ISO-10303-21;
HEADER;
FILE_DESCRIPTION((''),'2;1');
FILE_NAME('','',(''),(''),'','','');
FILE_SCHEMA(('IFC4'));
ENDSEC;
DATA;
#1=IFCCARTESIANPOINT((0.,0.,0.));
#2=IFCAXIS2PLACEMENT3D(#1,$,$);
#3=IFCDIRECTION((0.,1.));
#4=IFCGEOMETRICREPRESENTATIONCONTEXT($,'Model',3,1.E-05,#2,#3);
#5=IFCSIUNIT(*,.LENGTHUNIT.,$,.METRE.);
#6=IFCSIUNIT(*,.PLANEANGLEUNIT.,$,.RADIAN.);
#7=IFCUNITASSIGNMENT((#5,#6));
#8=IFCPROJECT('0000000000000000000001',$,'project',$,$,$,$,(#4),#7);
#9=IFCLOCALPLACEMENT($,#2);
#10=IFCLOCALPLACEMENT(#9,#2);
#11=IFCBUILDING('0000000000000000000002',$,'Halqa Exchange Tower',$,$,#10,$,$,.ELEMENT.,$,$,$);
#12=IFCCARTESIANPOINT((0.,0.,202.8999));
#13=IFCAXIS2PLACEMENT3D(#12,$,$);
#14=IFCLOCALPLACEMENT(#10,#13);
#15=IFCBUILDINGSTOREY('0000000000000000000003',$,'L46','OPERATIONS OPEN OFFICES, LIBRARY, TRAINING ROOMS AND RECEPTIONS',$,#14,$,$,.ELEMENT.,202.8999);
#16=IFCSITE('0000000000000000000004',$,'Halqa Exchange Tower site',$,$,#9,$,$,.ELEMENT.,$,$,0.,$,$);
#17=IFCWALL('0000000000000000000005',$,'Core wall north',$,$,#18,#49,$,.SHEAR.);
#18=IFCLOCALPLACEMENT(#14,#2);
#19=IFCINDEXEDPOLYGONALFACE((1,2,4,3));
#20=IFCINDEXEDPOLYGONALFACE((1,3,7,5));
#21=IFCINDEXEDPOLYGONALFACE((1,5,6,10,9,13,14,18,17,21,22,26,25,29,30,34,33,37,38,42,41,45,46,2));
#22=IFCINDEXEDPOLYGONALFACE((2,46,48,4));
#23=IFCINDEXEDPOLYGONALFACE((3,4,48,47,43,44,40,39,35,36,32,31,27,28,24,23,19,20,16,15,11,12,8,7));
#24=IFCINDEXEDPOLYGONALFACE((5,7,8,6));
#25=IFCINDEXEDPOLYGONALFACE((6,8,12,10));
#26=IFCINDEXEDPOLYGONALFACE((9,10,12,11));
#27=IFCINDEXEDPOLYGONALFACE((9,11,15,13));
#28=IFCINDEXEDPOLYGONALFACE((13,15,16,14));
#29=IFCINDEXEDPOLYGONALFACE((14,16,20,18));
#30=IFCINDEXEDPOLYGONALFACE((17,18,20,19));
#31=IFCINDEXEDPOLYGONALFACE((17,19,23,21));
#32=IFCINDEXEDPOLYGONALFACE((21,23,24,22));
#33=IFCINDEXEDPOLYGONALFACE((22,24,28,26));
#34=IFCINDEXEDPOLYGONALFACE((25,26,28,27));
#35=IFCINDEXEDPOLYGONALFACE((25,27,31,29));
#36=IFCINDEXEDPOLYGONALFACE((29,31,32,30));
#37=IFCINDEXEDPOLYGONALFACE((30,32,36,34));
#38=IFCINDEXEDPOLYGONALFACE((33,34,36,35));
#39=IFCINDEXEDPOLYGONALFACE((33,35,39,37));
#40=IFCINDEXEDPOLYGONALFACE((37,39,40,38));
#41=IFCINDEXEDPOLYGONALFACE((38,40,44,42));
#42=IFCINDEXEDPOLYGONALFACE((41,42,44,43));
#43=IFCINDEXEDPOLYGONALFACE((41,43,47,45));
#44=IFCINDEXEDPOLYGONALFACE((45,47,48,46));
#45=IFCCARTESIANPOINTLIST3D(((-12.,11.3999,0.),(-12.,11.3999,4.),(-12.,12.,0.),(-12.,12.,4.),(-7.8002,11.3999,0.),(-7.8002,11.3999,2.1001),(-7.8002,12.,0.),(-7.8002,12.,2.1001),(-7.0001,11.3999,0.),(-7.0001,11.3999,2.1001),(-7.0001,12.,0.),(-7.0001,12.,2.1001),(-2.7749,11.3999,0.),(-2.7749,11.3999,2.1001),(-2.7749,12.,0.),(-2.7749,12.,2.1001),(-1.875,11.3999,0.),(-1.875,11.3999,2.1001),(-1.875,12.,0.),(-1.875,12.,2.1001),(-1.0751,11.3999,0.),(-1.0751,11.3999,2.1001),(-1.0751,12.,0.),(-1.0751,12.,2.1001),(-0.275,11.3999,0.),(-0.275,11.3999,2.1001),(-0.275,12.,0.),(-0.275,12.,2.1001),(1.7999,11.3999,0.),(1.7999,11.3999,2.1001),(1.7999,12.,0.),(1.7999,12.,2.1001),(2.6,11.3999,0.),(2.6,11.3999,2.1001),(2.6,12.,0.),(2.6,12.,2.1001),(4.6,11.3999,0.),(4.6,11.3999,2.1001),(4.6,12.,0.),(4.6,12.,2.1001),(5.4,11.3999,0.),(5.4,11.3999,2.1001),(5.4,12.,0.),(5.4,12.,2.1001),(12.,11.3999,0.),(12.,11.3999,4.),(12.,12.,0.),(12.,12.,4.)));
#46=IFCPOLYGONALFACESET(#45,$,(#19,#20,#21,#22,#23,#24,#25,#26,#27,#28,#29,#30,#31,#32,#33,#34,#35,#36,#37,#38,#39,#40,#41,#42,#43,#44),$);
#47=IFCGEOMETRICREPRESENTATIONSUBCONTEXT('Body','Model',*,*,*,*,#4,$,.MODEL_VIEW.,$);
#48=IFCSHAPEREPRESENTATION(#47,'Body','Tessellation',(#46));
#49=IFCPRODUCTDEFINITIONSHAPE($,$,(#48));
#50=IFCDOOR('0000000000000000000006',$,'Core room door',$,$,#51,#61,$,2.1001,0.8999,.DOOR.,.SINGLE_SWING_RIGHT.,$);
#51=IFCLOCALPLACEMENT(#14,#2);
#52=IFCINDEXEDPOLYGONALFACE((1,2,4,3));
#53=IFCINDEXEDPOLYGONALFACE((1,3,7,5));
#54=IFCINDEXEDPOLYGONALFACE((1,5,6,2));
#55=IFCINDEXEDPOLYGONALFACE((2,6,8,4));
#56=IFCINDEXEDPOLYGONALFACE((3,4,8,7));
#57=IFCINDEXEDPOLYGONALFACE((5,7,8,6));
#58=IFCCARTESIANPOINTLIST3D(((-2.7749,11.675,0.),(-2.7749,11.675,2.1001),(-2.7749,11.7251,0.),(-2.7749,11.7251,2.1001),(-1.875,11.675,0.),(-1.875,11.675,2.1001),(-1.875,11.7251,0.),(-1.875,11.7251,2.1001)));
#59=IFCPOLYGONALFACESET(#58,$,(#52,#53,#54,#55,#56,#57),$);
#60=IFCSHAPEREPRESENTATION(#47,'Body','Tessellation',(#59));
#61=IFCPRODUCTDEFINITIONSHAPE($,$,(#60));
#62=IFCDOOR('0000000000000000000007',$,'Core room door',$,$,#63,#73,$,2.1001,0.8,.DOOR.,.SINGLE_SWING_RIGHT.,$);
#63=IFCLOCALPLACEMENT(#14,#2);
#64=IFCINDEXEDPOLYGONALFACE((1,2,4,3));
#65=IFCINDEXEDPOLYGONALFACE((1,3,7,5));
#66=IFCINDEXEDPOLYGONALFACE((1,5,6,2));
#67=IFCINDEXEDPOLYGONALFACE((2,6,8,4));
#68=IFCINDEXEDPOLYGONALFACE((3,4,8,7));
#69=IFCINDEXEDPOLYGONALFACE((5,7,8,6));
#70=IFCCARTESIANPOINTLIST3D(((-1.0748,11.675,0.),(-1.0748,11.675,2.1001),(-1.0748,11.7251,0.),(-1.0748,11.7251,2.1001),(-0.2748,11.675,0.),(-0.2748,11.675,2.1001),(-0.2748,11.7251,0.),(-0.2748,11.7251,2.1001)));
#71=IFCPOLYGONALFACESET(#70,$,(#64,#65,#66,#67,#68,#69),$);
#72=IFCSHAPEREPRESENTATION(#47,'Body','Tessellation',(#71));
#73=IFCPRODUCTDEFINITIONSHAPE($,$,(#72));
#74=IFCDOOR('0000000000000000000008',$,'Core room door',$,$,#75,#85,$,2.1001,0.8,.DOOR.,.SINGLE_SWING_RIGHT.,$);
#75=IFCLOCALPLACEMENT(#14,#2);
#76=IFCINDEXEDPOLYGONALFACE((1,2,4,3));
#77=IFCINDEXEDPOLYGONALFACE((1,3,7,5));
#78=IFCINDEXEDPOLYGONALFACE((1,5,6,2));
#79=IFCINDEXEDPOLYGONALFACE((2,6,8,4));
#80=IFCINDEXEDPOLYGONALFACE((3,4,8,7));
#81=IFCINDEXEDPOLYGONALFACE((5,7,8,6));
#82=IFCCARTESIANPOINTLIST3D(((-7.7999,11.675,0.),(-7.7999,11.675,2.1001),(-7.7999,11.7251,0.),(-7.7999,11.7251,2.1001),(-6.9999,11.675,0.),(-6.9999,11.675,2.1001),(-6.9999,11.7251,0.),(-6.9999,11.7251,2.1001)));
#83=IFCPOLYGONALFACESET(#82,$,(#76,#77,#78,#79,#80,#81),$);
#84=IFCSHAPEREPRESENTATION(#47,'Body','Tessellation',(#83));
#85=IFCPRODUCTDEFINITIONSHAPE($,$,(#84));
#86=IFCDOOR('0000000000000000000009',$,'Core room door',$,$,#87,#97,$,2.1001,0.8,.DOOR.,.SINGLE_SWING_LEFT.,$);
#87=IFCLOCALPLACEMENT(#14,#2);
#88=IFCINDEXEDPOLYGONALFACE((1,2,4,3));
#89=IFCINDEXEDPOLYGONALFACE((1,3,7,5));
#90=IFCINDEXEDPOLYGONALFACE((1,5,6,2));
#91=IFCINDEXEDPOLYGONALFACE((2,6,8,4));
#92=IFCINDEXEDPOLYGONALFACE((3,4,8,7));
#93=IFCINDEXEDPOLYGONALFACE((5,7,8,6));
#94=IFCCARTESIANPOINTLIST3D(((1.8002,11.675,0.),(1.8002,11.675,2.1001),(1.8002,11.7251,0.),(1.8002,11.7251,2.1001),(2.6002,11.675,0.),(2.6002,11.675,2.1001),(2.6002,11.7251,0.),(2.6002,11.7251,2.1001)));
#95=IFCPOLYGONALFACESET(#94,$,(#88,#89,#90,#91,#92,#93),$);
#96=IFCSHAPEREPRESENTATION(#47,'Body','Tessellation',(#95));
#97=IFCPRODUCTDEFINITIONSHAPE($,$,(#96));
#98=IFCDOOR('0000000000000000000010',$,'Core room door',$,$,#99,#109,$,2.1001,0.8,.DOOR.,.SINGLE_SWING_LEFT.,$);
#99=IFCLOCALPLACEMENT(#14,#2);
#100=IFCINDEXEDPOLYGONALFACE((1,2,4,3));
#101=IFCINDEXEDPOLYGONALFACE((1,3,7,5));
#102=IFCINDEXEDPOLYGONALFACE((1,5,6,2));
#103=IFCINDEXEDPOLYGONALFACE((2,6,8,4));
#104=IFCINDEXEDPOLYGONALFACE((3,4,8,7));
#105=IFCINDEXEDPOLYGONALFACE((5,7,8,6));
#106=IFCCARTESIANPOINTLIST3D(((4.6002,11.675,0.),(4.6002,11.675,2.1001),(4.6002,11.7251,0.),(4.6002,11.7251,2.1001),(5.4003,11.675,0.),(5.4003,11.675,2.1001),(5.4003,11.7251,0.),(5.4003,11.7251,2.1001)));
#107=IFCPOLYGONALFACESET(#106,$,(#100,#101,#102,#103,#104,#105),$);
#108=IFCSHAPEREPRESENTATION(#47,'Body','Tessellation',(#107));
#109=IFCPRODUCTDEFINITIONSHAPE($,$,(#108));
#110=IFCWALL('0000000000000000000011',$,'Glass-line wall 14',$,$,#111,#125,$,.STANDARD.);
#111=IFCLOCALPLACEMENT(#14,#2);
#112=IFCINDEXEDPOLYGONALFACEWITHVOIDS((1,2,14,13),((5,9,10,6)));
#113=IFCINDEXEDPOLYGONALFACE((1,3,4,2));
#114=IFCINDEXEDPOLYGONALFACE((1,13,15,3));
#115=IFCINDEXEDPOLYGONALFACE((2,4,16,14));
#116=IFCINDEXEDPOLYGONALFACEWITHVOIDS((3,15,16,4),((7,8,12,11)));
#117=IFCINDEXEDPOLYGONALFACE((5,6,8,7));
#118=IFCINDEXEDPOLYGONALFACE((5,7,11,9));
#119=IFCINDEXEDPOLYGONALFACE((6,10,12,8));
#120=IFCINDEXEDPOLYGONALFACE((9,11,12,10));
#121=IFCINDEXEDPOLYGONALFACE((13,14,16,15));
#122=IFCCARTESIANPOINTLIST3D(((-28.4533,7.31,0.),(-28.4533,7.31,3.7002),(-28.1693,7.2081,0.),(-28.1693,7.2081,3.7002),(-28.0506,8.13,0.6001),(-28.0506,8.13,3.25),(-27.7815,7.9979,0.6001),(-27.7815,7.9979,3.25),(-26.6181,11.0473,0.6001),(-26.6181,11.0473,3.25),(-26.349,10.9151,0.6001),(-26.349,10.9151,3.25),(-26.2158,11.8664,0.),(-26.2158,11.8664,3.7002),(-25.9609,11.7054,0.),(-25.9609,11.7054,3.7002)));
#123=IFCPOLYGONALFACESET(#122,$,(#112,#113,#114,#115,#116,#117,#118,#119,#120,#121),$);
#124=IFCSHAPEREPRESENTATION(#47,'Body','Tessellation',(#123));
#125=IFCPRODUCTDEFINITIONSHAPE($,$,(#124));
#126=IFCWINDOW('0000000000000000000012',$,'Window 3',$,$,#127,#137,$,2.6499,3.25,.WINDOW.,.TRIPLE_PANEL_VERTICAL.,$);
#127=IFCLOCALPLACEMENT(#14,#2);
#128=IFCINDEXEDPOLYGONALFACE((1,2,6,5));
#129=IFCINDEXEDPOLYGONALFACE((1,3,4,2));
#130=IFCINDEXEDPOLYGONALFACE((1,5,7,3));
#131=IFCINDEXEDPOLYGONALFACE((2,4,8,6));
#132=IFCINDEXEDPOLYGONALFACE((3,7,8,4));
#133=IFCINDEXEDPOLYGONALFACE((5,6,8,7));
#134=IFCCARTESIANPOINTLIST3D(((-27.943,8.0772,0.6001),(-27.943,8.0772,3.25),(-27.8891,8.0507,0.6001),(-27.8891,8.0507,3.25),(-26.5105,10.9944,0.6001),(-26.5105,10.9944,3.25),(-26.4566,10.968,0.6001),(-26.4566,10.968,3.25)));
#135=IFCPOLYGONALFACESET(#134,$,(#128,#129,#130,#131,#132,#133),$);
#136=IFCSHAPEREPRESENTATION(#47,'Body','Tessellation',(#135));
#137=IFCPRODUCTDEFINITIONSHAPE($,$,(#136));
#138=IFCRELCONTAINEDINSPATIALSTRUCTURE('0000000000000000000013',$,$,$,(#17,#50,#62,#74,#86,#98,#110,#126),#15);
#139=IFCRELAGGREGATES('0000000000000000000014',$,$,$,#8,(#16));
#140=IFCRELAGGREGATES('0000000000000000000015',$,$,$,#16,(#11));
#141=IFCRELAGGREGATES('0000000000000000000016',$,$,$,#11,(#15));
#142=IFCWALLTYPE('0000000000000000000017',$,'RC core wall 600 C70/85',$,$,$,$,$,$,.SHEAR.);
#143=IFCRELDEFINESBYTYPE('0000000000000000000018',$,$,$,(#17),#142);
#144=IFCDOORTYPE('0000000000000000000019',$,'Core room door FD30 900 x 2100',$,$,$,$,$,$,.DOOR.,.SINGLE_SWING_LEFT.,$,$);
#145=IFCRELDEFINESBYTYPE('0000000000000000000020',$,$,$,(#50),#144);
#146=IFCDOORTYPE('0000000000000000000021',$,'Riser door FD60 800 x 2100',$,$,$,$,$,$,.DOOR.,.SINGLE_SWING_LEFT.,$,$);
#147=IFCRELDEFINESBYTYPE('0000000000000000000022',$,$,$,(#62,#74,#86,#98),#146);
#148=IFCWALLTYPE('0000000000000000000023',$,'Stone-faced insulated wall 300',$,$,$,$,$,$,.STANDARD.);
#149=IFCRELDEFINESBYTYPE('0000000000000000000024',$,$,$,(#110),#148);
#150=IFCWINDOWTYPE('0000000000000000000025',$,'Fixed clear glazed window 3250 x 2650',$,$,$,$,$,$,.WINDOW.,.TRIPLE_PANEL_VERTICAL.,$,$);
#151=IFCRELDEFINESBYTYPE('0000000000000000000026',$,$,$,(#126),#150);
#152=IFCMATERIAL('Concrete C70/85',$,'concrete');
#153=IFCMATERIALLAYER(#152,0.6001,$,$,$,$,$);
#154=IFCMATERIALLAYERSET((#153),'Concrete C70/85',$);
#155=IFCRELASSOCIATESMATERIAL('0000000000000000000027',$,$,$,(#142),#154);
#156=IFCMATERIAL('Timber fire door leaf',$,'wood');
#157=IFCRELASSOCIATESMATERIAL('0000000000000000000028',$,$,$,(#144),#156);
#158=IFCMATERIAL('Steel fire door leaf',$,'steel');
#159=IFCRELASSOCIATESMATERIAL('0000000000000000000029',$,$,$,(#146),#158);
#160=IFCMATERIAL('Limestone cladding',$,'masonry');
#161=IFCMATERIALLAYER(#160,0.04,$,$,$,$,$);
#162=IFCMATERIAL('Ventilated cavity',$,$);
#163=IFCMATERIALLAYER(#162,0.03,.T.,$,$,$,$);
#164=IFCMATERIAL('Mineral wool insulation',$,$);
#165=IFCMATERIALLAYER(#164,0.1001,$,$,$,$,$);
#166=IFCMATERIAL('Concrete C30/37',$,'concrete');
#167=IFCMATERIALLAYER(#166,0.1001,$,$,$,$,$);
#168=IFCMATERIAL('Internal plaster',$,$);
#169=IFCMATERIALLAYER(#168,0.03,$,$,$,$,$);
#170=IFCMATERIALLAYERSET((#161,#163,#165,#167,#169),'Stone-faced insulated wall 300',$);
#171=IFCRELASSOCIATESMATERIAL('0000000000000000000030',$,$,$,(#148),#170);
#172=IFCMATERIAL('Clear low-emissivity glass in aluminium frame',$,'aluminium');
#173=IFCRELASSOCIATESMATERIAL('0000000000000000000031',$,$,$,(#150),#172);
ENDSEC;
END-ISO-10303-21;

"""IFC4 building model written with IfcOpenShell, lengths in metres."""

from ifc_helpers import new_model, si_unit, direction, frame, frame_2d, origin, place, context, subcontext, project, spatial, polyline, rectangle, outline, extrude, material, layer, layer_set, type_object, element, fill, save


model = new_model("IFC4")

# Units and contexts
model_context = context("Model", 3, precision=1e-05, world=origin(), true_north=direction((0.0, 1.0)))
body_context = subcontext(model_context, "Body", "Model", "MODEL_VIEW")
ifc_project = project(units=[si_unit("LENGTHUNIT", "METRE"), si_unit("PLANEANGLEUNIT", "RADIAN")], contexts=[model_context])

# Site, building, storey
site_placement = place(None, origin())
site = spatial("IfcSite", under=ifc_project, at=site_placement, Name="Halqa Exchange Tower site", CompositionType="ELEMENT", RefElevation=0.0)
building_placement = place(site_placement, origin())
building = spatial("IfcBuilding", under=site, at=building_placement, Name="Halqa Exchange Tower", CompositionType="ELEMENT")
storey_placement = place(building_placement, frame((0.0, 0.0, 202.8999)))
storey = spatial("IfcBuildingStorey", under=building, at=storey_placement, Name="L46", Description="OPERATIONS OPEN OFFICES, LIBRARY, TRAINING ROOMS AND RECEPTIONS", CompositionType="ELEMENT", Elevation=202.8999)

# Shared definitions
ifc_material_1 = material(Name="Steel fire door leaf", Category="steel")

# Wall, openings, doors
ifc_material_2 = material(Name="Concrete C70/85", Category="concrete")
ifc_layer_1 = layer(ifc_material_2, 0.6001)
ifc_layer_set_1 = layer_set([ifc_layer_1], Name="Concrete C70/85")
wall_type_1 = type_object("IfcWallType", Name="RC core wall 600 C70/85", PredefinedType="SHEAR", material=ifc_layer_set_1)
wall_1_placement = place(storey_placement, frame((-12.0, 11.7, 0.0), z_axis=(0.0, 0.0, 1.0), x_axis=(1.0, 0.0, 0.0)))
wall_1 = element("IfcWall", 1, at=wall_1_placement, inside=storey, type_object=wall_type_1, Name="Core wall north", PredefinedType="SHEAR", context=body_context, shape_type="SweptSolid", body=[
    extrude(rectangle(XDim=24.0, YDim=0.6001, at=frame_2d((12.0, 0.0))), origin(), (0.0, 0.0, 1.0), 4.0),
])
opening_1_placement = place(wall_1_placement, frame((9.2251, 0.0, 0.0)))
opening_1 = element("IfcOpeningElement", 2, at=opening_1_placement, cuts=wall_1, PredefinedType="OPENING", context=body_context, shape_type="SweptSolid", body=[
    extrude(rectangle(XDim=0.8999, YDim=2.1001, at=frame_2d((0.45, 1.05))), frame((0.0, 0.312, 0.0), z_axis=(0.0, -1.0, 0.0), x_axis=(1.0, 0.0, 0.0)), (0.0, 0.0, 1.0), 0.624),
])
opening_2_placement = place(wall_1_placement, frame((10.925, 0.0, 0.0)))
opening_2 = element("IfcOpeningElement", 3, at=opening_2_placement, cuts=wall_1, PredefinedType="OPENING", context=body_context, shape_type="SweptSolid", body=[
    extrude(rectangle(XDim=0.8, YDim=2.1001, at=frame_2d((0.3999, 1.05))), frame((0.0, 0.312, 0.0), z_axis=(0.0, -1.0, 0.0), x_axis=(1.0, 0.0, 0.0)), (0.0, 0.0, 1.0), 0.624),
])
opening_3_placement = place(wall_1_placement, frame((4.2, 0.0, 0.0)))
opening_3 = element("IfcOpeningElement", 4, at=opening_3_placement, cuts=wall_1, PredefinedType="OPENING", context=body_context, shape_type="SweptSolid", body=[
    extrude(rectangle(XDim=0.8, YDim=2.1001, at=frame_2d((0.3999, 1.05))), frame((0.0, 0.312, 0.0), z_axis=(0.0, -1.0, 0.0), x_axis=(1.0, 0.0, 0.0)), (0.0, 0.0, 1.0), 0.624),
])
opening_4_placement = place(wall_1_placement, frame((13.8, 0.0, 0.0)))
opening_4 = element("IfcOpeningElement", 5, at=opening_4_placement, cuts=wall_1, PredefinedType="OPENING", context=body_context, shape_type="SweptSolid", body=[
    extrude(rectangle(XDim=0.8, YDim=2.1001, at=frame_2d((0.3999, 1.05))), frame((0.0, 0.312, 0.0), z_axis=(0.0, -1.0, 0.0), x_axis=(1.0, 0.0, 0.0)), (0.0, 0.0, 1.0), 0.624),
])
opening_5_placement = place(wall_1_placement, frame((16.6001, 0.0, 0.0)))
opening_5 = element("IfcOpeningElement", 6, at=opening_5_placement, cuts=wall_1, PredefinedType="OPENING", context=body_context, shape_type="SweptSolid", body=[
    extrude(rectangle(XDim=0.8, YDim=2.1001, at=frame_2d((0.3999, 1.05))), frame((0.0, 0.312, 0.0), z_axis=(0.0, -1.0, 0.0), x_axis=(1.0, 0.0, 0.0)), (0.0, 0.0, 1.0), 0.624),
])
ifc_material_3 = material(Name="Timber fire door leaf", Category="wood")
door_type_1 = type_object("IfcDoorType", Name="Core room door FD30 900 x 2100", OperationType="SINGLE_SWING_LEFT", PredefinedType="DOOR", material=ifc_material_3)
door_1_placement = place(opening_1_placement, frame((0.8999, 0.0, 0.0), z_axis=(0.0, 0.0, 1.0), x_axis=(-1.0, 0.0, 0.0)))
door_1 = element("IfcDoor", 7, at=door_1_placement, inside=storey, type_object=door_type_1, Name="Core room door", OperationType="SINGLE_SWING_RIGHT", OverallHeight=2.1001, OverallWidth=0.8999, PredefinedType="DOOR", context=body_context, shape_type="SweptSolid", body=[
    extrude(rectangle(XDim=0.8999, YDim=2.1001, at=frame_2d((0.45, 1.05))), frame((0.0, 0.0249, 0.0), z_axis=(0.0, -1.0, 0.0), x_axis=(1.0, 0.0, 0.0)), (0.0, 0.0, 1.0), 0.05),
])
fill(opening_1, door_1)
door_type_2 = type_object("IfcDoorType", Name="Riser door FD60 800 x 2100", OperationType="SINGLE_SWING_LEFT", PredefinedType="DOOR", material=ifc_material_1)
door_2_placement = place(opening_2_placement, frame((0.8, 0.0, 0.0), z_axis=(0.0, 0.0, 1.0), x_axis=(-1.0, 0.0, 0.0)))
door_2 = element("IfcDoor", 8, at=door_2_placement, inside=storey, type_object=door_type_2, Name="Core room door", OperationType="SINGLE_SWING_RIGHT", OverallHeight=2.1001, OverallWidth=0.8, PredefinedType="DOOR", context=body_context, shape_type="SweptSolid", body=[
    extrude(rectangle(XDim=0.8, YDim=2.1001, at=frame_2d((0.3999, 1.05))), frame((0.0, 0.0249, 0.0), z_axis=(0.0, -1.0, 0.0), x_axis=(1.0, 0.0, 0.0)), (0.0, 0.0, 1.0), 0.05),
])
fill(opening_2, door_2)
door_3_placement = place(opening_3_placement, frame((0.8, 0.0, 0.0), z_axis=(0.0, 0.0, 1.0), x_axis=(-1.0, 0.0, 0.0)))
door_3 = element("IfcDoor", 9, at=door_3_placement, inside=storey, type_object=door_type_2, Name="Core room door", OperationType="SINGLE_SWING_RIGHT", OverallHeight=2.1001, OverallWidth=0.8, PredefinedType="DOOR", context=body_context, shape_type="SweptSolid", body=[
    extrude(rectangle(XDim=0.8, YDim=2.1001, at=frame_2d((0.3999, 1.05))), frame((0.0, 0.0249, 0.0), z_axis=(0.0, -1.0, 0.0), x_axis=(1.0, 0.0, 0.0)), (0.0, 0.0, 1.0), 0.05),
])
fill(opening_3, door_3)
door_4_placement = place(opening_4_placement, frame((0.8, 0.0, 0.0), z_axis=(0.0, 0.0, 1.0), x_axis=(-1.0, 0.0, 0.0)))
door_4 = element("IfcDoor", 10, at=door_4_placement, inside=storey, type_object=door_type_2, Name="Core room door", OperationType="SINGLE_SWING_LEFT", OverallHeight=2.1001, OverallWidth=0.8, PredefinedType="DOOR", context=body_context, shape_type="SweptSolid", body=[
    extrude(rectangle(XDim=0.8, YDim=2.1001, at=frame_2d((0.3999, 1.05))), frame((0.0, 0.0249, 0.0), z_axis=(0.0, -1.0, 0.0), x_axis=(1.0, 0.0, 0.0)), (0.0, 0.0, 1.0), 0.05),
])
fill(opening_4, door_4)
door_5_placement = place(opening_5_placement, frame((0.8, 0.0, 0.0), z_axis=(0.0, 0.0, 1.0), x_axis=(-1.0, 0.0, 0.0)))
door_5 = element("IfcDoor", 11, at=door_5_placement, inside=storey, type_object=door_type_2, Name="Core room door", OperationType="SINGLE_SWING_LEFT", OverallHeight=2.1001, OverallWidth=0.8, PredefinedType="DOOR", context=body_context, shape_type="SweptSolid", body=[
    extrude(rectangle(XDim=0.8, YDim=2.1001, at=frame_2d((0.3999, 1.05))), frame((0.0, 0.0249, 0.0), z_axis=(0.0, -1.0, 0.0), x_axis=(1.0, 0.0, 0.0)), (0.0, 0.0, 1.0), 0.05),
])
fill(opening_5, door_5)

# Wall, opening, window
ifc_material_4 = material(Name="Limestone cladding", Category="masonry")
ifc_layer_2 = layer(ifc_material_4, 0.04)
ifc_material_5 = material(Name="Ventilated cavity")
ifc_layer_3 = layer(ifc_material_5, 0.03, ventilated=True)
ifc_material_6 = material(Name="Mineral wool insulation")
ifc_layer_4 = layer(ifc_material_6, 0.1001)
ifc_material_7 = material(Name="Concrete C30/37", Category="concrete")
ifc_layer_5 = layer(ifc_material_7, 0.1001)
ifc_material_8 = material(Name="Internal plaster")
ifc_layer_6 = layer(ifc_material_8, 0.03)
ifc_layer_set_2 = layer_set([ifc_layer_2, ifc_layer_3, ifc_layer_4, ifc_layer_5, ifc_layer_6], Name="Stone-faced insulated wall 300")
wall_type_2 = type_object("IfcWallType", Name="Stone-faced insulated wall 300", PredefinedType="STANDARD", material=ifc_layer_set_2)
wall_2_placement = place(storey_placement, frame((-26.0884, 11.7859, 0.0), z_axis=(0.0, 0.0, 1.0), x_axis=(-0.440773, -0.897619, 0.0)))
wall_2 = element("IfcWall", 12, at=wall_2_placement, inside=storey, type_object=wall_type_2, Name="Glass-line wall 14", PredefinedType="STANDARD", context=body_context, shape_type="SweptSolid", body=[
    extrude(outline(polyline([(-0.0161, -0.1499), (5.0601, -0.1499), (5.0264, 0.1499), (0.0161, 0.1499), (-0.0161, -0.1499)])), origin(), (0.0, 0.0, 1.0), 3.7002),
])
opening_6_placement = place(wall_2_placement, frame((0.8965, 0.0, 0.6001)))
opening_6 = element("IfcOpeningElement", 13, at=opening_6_placement, cuts=wall_2, PredefinedType="OPENING", context=body_context, shape_type="SweptSolid", body=[
    extrude(rectangle(XDim=3.25, YDim=2.6499, at=frame_2d((1.625, 1.325))), frame((0.0, 0.1621, 0.0), z_axis=(0.0, -1.0, 0.0), x_axis=(1.0, 0.0, 0.0)), (0.0, 0.0, 1.0), 0.324),
])
ifc_material_9 = material(Name="Clear low-emissivity glass in aluminium frame", Category="aluminium")
window_type = type_object("IfcWindowType", Name="Fixed clear glazed window 3250 x 2650", PartitioningType="TRIPLE_PANEL_VERTICAL", PredefinedType="WINDOW", material=ifc_material_9)
window_1_placement = place(opening_6_placement, origin())
window_1 = element("IfcWindow", 14, at=window_1_placement, inside=storey, type_object=window_type, Name="Window 3", OverallHeight=2.6499, OverallWidth=3.25, PartitioningType="TRIPLE_PANEL_VERTICAL", PredefinedType="WINDOW", context=body_context, shape_type="SweptSolid", body=[
    extrude(rectangle(XDim=3.25, YDim=2.6499, at=frame_2d((1.625, 1.325))), frame((0.0, 0.03, 0.0), z_axis=(0.0, -1.0, 0.0), x_axis=(1.0, 0.0, 0.0)), (0.0, 0.0, 1.0), 0.0601),
])
fill(opening_6, window_1)

save(model, "model.ifc")
